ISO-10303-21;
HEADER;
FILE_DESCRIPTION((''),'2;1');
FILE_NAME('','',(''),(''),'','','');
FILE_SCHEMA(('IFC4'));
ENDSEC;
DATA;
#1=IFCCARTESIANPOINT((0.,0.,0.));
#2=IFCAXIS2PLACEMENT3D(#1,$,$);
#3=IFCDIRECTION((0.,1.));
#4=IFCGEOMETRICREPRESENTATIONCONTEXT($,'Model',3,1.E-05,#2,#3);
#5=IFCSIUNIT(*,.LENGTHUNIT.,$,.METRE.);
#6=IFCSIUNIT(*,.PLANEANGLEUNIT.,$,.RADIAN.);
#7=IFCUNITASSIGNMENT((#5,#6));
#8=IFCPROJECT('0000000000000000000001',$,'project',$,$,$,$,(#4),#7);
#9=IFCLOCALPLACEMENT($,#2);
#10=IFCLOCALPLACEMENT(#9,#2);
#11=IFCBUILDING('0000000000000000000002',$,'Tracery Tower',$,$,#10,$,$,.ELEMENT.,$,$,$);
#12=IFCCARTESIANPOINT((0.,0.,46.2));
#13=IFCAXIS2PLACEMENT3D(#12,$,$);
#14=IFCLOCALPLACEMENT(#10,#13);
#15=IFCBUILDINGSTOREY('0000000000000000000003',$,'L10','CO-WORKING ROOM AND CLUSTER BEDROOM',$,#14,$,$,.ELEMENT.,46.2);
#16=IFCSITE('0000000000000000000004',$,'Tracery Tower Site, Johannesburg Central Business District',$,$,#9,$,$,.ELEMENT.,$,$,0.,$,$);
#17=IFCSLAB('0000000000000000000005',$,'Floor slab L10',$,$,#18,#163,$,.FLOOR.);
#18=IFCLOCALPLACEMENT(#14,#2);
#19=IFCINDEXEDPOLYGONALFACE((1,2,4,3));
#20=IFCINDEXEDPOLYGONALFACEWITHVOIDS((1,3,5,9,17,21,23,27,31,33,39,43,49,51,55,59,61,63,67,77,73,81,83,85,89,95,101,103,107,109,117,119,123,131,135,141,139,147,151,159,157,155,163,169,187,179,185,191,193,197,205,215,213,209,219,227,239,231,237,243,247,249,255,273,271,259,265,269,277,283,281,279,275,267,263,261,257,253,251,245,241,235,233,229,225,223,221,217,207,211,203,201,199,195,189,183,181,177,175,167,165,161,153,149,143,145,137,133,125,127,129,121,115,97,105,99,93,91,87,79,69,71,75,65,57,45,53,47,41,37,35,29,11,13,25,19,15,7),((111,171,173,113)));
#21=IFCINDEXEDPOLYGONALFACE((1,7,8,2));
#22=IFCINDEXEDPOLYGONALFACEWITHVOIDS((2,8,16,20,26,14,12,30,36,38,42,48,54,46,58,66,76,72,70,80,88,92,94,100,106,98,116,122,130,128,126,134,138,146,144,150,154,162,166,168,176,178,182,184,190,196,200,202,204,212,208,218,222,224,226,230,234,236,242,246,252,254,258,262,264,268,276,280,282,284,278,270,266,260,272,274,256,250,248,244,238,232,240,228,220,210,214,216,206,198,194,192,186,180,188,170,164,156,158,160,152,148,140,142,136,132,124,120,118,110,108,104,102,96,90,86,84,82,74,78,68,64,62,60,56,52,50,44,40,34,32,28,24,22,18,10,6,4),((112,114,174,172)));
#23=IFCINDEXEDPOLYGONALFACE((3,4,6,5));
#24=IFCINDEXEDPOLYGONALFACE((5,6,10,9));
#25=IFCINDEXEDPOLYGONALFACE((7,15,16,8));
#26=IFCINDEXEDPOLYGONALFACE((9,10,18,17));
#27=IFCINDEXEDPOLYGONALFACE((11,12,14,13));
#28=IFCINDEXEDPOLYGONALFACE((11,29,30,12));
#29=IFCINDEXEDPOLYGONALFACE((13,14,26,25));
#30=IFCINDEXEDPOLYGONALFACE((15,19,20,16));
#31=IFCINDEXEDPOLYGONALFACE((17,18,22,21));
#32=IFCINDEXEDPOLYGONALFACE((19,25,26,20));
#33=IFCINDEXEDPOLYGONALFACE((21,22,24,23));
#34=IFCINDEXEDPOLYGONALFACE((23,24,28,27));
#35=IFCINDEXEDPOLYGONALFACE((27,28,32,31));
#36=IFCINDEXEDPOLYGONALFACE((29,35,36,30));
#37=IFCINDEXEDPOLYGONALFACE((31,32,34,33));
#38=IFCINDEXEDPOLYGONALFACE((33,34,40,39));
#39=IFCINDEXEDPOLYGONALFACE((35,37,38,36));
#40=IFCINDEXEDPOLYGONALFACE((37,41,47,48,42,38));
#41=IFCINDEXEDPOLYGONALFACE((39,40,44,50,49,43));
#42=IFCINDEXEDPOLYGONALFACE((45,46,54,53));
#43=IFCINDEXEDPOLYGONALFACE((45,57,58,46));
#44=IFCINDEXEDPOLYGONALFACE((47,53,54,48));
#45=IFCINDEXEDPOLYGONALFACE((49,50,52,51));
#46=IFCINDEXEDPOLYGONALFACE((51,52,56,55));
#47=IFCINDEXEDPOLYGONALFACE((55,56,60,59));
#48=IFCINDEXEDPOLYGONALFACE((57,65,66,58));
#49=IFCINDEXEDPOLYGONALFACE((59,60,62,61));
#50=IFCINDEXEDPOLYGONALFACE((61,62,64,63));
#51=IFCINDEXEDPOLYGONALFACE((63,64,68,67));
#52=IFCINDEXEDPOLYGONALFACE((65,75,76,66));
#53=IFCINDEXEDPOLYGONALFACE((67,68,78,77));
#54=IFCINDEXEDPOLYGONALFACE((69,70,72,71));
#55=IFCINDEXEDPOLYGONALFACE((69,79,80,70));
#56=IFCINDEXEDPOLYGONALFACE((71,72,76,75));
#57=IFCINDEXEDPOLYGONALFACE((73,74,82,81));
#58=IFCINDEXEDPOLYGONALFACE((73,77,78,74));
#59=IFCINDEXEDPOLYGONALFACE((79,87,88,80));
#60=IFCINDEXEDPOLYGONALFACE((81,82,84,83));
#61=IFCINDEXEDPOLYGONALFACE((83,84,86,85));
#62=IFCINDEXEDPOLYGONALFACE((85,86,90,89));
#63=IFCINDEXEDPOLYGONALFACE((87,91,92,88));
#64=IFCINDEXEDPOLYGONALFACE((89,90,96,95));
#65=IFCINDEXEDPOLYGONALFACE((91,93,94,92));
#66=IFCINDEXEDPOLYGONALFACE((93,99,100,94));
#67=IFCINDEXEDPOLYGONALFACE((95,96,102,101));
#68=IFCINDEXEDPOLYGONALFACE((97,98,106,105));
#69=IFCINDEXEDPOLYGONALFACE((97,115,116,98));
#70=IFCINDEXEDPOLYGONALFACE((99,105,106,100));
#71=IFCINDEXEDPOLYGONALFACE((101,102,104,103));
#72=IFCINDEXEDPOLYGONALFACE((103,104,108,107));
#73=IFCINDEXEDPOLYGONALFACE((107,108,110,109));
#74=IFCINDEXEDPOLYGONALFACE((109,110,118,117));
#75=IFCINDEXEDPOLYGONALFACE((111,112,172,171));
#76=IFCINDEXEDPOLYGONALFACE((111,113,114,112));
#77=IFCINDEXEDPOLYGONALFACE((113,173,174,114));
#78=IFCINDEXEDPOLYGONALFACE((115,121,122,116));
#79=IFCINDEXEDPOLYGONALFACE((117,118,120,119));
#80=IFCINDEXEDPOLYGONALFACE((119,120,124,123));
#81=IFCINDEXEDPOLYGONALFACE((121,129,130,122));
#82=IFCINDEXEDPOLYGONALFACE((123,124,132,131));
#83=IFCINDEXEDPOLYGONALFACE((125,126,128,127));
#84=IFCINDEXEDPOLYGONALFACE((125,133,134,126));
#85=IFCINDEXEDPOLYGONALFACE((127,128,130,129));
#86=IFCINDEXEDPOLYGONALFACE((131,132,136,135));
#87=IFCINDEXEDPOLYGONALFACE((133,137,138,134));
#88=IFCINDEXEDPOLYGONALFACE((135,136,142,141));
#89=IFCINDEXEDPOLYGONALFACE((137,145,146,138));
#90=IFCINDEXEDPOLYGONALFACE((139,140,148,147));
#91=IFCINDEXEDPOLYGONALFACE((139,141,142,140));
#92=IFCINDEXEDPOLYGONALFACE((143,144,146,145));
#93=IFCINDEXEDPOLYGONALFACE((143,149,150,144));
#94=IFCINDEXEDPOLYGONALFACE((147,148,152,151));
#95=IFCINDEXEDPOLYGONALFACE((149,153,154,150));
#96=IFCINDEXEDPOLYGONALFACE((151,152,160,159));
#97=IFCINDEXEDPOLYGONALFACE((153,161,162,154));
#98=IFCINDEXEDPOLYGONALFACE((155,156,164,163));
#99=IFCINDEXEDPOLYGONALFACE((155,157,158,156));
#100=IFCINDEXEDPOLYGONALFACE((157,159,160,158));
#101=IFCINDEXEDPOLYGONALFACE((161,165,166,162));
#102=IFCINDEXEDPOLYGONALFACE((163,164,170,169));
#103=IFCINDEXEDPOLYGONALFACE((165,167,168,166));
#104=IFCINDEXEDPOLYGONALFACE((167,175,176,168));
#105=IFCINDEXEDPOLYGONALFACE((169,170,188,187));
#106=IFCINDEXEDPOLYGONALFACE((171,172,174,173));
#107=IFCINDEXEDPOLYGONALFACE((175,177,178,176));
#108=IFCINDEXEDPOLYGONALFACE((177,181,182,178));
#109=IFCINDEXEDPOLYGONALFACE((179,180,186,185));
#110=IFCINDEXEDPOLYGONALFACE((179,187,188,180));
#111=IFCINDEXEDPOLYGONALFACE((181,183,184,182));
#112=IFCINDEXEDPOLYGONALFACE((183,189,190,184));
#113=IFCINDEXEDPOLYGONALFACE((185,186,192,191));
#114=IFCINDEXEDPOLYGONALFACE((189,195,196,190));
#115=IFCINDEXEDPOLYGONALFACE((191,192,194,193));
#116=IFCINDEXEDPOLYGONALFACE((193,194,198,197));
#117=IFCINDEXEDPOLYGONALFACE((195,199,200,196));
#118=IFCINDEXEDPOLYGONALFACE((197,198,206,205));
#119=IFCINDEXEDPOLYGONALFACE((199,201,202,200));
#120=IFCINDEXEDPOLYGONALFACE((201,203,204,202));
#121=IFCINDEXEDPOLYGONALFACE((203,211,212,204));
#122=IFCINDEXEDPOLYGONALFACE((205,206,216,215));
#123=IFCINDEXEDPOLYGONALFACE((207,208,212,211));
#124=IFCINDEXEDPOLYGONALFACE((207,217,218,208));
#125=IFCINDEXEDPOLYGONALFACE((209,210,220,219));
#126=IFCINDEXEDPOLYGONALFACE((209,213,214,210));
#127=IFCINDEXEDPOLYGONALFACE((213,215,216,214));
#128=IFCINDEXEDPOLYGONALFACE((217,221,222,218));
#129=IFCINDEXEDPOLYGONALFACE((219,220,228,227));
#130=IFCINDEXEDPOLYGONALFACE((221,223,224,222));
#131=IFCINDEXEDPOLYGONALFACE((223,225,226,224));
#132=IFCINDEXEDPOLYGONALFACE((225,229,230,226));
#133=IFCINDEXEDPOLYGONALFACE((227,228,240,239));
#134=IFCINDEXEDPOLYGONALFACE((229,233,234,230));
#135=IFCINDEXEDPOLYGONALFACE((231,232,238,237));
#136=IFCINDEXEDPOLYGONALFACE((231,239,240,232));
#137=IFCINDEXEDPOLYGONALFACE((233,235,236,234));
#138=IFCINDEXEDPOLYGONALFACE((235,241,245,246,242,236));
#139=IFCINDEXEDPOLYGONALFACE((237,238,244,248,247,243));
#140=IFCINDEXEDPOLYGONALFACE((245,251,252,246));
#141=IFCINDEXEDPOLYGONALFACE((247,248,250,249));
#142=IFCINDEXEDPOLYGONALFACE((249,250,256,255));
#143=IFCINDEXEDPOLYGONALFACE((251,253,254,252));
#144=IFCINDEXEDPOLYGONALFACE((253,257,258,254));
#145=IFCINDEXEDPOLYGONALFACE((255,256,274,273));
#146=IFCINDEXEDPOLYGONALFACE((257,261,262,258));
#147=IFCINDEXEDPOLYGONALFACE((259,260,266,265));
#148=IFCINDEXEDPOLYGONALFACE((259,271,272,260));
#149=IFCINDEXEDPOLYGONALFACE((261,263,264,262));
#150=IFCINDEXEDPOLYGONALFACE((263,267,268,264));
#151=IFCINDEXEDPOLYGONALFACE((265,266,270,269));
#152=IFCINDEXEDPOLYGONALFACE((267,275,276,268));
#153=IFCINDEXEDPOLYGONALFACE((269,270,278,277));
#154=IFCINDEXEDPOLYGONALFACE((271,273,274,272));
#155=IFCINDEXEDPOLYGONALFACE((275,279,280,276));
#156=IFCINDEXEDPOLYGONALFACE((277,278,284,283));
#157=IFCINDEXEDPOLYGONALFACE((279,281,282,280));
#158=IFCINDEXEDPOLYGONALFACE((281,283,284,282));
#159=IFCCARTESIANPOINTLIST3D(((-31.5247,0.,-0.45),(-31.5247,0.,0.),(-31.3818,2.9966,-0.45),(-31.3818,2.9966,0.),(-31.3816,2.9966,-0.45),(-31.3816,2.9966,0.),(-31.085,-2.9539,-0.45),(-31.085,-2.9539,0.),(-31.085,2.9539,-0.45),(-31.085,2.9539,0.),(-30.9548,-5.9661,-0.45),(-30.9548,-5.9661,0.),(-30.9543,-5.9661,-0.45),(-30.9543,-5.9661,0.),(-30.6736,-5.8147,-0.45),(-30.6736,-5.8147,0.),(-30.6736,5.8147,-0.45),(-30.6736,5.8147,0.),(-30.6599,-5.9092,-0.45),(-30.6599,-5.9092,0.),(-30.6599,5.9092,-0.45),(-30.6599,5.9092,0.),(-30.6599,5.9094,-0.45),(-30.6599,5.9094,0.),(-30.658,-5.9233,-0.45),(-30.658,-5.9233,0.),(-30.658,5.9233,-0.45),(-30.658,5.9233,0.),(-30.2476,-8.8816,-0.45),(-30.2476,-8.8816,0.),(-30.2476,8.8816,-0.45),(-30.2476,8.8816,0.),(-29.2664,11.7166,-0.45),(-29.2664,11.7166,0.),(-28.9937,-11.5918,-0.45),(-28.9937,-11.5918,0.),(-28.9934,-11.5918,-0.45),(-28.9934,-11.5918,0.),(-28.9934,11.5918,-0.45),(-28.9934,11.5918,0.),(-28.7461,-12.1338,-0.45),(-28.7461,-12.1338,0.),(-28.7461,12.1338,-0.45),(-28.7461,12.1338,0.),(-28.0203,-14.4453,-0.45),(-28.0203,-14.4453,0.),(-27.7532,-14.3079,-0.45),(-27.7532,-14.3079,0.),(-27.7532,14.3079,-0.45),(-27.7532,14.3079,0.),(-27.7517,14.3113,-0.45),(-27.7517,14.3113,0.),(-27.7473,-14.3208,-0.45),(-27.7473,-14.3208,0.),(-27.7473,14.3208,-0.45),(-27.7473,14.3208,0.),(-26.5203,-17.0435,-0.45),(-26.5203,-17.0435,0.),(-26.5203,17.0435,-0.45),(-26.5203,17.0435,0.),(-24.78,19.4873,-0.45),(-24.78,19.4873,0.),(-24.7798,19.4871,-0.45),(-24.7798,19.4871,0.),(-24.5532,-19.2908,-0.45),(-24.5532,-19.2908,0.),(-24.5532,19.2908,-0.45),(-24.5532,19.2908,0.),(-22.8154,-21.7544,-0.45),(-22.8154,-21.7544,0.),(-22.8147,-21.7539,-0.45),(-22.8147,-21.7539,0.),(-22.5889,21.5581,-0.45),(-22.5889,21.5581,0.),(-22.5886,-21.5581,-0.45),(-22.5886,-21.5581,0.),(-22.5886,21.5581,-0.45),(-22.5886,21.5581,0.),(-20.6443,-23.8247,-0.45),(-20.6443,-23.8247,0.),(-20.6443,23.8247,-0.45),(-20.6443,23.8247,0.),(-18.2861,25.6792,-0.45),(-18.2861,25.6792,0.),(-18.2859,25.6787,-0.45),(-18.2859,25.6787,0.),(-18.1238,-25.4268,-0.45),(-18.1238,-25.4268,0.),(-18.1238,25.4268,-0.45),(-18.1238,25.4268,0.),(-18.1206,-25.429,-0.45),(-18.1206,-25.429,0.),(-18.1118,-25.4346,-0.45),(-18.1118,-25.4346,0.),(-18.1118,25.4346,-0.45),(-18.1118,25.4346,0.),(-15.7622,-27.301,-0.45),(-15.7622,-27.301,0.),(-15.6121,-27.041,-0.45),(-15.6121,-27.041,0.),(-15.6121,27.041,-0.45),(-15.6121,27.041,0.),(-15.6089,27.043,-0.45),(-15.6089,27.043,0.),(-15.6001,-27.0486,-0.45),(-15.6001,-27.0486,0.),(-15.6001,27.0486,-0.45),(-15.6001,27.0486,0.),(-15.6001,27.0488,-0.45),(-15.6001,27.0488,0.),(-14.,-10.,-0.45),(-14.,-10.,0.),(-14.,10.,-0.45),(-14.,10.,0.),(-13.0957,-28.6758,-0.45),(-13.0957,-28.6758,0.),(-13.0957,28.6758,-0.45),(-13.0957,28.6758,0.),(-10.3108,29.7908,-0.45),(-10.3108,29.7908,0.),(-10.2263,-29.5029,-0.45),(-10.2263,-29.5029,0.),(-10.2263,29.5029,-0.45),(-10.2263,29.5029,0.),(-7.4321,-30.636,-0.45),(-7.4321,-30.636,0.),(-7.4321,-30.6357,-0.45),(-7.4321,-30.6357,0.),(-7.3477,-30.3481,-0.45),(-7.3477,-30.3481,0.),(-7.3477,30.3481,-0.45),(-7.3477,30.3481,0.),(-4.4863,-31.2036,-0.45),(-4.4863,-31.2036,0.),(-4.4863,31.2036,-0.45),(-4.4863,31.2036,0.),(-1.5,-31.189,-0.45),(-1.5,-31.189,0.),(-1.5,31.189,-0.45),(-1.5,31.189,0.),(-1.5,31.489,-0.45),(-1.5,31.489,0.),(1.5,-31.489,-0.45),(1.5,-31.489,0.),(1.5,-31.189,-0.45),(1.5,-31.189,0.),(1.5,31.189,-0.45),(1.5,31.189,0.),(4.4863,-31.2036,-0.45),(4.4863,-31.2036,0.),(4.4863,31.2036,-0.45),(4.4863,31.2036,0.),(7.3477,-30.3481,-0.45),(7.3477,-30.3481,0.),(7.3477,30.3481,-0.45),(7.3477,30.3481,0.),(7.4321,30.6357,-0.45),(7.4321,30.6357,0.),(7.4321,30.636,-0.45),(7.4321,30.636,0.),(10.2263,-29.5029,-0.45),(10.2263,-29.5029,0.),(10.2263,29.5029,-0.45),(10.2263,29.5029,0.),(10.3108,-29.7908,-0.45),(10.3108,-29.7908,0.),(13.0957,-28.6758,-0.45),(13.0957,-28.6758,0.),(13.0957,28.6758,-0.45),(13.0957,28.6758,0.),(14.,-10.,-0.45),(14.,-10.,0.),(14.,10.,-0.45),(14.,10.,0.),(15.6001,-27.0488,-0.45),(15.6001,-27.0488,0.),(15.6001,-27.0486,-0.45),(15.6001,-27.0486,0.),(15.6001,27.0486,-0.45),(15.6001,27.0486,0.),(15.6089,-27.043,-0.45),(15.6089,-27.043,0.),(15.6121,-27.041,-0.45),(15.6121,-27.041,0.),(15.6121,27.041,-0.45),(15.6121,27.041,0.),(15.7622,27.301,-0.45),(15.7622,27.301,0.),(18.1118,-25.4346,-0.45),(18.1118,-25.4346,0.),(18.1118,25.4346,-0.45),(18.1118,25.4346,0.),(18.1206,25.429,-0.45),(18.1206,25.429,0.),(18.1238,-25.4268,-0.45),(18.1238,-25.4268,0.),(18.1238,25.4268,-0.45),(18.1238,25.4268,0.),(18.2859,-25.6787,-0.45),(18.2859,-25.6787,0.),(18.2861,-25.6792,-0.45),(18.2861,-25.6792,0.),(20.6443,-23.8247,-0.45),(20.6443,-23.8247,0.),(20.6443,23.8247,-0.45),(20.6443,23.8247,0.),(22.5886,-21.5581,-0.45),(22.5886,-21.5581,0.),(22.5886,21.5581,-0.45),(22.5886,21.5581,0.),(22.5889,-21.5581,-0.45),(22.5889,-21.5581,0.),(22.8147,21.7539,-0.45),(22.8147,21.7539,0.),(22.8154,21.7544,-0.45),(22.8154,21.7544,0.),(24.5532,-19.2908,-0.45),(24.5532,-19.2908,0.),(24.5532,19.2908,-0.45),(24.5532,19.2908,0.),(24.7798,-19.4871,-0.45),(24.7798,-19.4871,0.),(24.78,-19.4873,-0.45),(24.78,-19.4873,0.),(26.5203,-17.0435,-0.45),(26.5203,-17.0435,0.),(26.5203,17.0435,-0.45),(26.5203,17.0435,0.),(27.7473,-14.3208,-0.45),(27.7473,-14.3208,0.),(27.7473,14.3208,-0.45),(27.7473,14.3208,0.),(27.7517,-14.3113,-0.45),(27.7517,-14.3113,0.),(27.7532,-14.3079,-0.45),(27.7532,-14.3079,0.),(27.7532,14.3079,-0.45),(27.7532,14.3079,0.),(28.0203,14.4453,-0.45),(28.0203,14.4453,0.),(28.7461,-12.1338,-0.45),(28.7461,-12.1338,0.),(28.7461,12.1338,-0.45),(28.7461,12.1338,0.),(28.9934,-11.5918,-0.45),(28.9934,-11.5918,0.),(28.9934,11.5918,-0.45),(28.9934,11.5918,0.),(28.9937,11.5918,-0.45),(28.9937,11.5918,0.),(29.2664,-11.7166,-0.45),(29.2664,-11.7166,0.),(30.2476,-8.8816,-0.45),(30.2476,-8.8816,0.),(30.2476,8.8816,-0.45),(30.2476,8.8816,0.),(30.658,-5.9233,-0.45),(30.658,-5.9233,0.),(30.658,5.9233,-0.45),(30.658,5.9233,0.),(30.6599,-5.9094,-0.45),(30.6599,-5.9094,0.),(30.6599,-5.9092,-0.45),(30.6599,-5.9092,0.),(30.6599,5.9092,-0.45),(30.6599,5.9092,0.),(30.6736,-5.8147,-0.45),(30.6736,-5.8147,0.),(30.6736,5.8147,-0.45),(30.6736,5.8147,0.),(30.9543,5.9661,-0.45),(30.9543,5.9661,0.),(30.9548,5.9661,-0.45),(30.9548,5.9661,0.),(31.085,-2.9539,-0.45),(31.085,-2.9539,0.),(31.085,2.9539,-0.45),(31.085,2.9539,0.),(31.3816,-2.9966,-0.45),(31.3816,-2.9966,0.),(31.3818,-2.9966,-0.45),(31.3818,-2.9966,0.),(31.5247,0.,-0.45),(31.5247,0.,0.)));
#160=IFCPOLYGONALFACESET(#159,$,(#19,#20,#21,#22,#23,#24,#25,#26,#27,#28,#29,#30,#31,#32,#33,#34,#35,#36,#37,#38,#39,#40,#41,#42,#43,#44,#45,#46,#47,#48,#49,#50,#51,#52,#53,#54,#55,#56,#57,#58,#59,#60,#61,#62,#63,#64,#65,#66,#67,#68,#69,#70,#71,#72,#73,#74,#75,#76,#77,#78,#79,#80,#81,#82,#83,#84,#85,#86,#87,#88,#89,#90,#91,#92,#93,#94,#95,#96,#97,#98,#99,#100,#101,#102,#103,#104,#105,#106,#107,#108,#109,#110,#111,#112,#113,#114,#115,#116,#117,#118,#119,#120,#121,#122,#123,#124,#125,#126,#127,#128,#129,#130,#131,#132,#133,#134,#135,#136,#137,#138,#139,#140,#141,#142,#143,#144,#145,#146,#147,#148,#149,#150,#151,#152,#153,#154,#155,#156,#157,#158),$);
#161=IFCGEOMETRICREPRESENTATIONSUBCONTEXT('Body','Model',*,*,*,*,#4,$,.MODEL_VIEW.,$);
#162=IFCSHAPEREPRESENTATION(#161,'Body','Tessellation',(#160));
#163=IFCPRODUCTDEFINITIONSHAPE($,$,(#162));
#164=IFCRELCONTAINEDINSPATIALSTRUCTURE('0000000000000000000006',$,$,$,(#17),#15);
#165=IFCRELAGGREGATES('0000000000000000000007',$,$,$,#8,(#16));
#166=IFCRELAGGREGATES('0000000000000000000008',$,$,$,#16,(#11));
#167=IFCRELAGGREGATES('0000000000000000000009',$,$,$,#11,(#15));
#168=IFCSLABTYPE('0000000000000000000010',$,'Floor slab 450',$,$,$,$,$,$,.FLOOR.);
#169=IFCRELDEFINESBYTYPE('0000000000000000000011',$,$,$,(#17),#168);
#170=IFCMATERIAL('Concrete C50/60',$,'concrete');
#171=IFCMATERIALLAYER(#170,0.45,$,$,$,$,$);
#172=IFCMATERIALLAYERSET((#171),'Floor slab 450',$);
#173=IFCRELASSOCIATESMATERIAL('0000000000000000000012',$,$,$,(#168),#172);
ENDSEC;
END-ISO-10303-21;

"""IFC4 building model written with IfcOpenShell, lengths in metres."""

from ifc_helpers import new_model, si_unit, direction, frame, origin, place, context, subcontext, project, spatial, polyline, outline, extrude, material, layer, layer_set, type_object, element, save


model = new_model("IFC4")

# Units and contexts
model_context = context("Model", 3, precision=1e-05, world=origin(), true_north=direction((0.0, 1.0)))
body_context = subcontext(model_context, "Body", "Model", "MODEL_VIEW")
ifc_project = project(units=[si_unit("LENGTHUNIT", "METRE"), si_unit("PLANEANGLEUNIT", "RADIAN")], contexts=[model_context])

# Site, building, storey
site_placement = place(None, origin())
site = spatial("IfcSite", under=ifc_project, at=site_placement, Name="Tracery Tower Site, Johannesburg Central Business District", CompositionType="ELEMENT", RefElevation=0.0)
building_placement = place(site_placement, origin())
building = spatial("IfcBuilding", under=site, at=building_placement, Name="Tracery Tower", CompositionType="ELEMENT")
storey_placement = place(building_placement, frame((0.0, 0.0, 46.2)))
storey = spatial("IfcBuildingStorey", under=building, at=storey_placement, Name="L10", Description="CO-WORKING ROOM AND CLUSTER BEDROOM", CompositionType="ELEMENT", Elevation=46.2)

# Slab
ifc_material_1 = material(Name="Concrete C50/60", Category="concrete")
ifc_layer_1 = layer(ifc_material_1, 0.45)
ifc_layer_set_1 = layer_set([ifc_layer_1], Name="Floor slab 450")
slab_type_1 = type_object("IfcSlabType", Name="Floor slab 450", PredefinedType="FLOOR", material=ifc_layer_set_1)
slab_1_placement = place(storey_placement, frame((0.0, 0.0, -0.45)))
element("IfcSlab", 1, at=slab_1_placement, inside=storey, type_object=slab_type_1, Name="Floor slab L10", PredefinedType="FLOOR", context=body_context, shape_type="SweptSolid", body=[
    extrude(outline(polyline([(31.085, 2.9539), (31.085, 2.9539), (30.6736, 5.8147), (30.6599, 5.9092), (30.6599, 5.9092), (30.658, 5.9233), (30.9543, 5.9661), (30.9548, 5.9661), (30.2476, 8.8816), (28.9937, 11.5918), (28.9934, 11.5918), (28.7461, 12.1338), (27.7532, 14.3079), (27.7532, 14.3079), (27.7473, 14.3208), (28.0203, 14.4453), (26.5203, 17.0435), (24.5532, 19.2908), (24.5532, 19.2908), (22.5886, 21.5581), (22.8147, 21.7539), (22.8154, 21.7544), (20.6443, 23.8247), (18.1238, 25.4268), (18.1238, 25.4268), (18.1206, 25.429), (18.1118, 25.4346), (15.6121, 27.041), (15.6121, 27.041), (15.6001, 27.0486), (15.7622, 27.301), (13.0957, 28.6758), (10.2263, 29.5029), (10.2263, 29.5029), (7.3477, 30.3481), (7.4321, 30.6357), (7.4321, 30.636), (4.4863, 31.2036), (1.5, 31.189), (1.5, 31.189), (-1.5, 31.189), (-1.5, 31.489), (-4.4863, 31.2036), (-7.3477, 30.3481), (-7.3477, 30.3481), (-10.2263, 29.5029), (-10.3108, 29.7908), (-10.3108, 29.7908), (-13.0957, 28.6758), (-15.6001, 27.0488), (-15.6001, 27.0486), (-15.6089, 27.043), (-15.6121, 27.041), (-18.1118, 25.4346), (-18.1118, 25.4346), (-18.1238, 25.4268), (-18.2859, 25.6787), (-18.2861, 25.6792), (-20.6443, 23.8247), (-22.5889, 21.5581), (-22.5886, 21.5581), (-24.5532, 19.2908), (-24.7798, 19.4871), (-24.78, 19.4873), (-26.5203, 17.0435), (-27.7473, 14.3208), (-27.7473, 14.3208), (-27.7517, 14.3113), (-27.7532, 14.3079), (-28.7461, 12.1338), (-28.9934, 11.5918), (-29.2664, 11.7166), (-30.2476, 8.8816), (-30.658, 5.9233), (-30.658, 5.9233), (-30.6599, 5.9094), (-30.6599, 5.9092), (-30.6736, 5.8147), (-31.085, 2.9539), (-31.3816, 2.9966), (-31.3818, 2.9966), (-31.5247, 0.0), (-31.085, -2.9539), (-31.085, -2.9539), (-30.6736, -5.8147), (-30.6599, -5.9092), (-30.6599, -5.9092), (-30.658, -5.9233), (-30.9543, -5.9661), (-30.9548, -5.9661), (-30.2476, -8.8816), (-28.9937, -11.5918), (-28.9934, -11.5918), (-28.7461, -12.1338), (-27.7532, -14.3079), (-27.7532, -14.3079), (-27.7473, -14.3208), (-28.0203, -14.4453), (-26.5203, -17.0435), (-24.5532, -19.2908), (-24.5532, -19.2908), (-22.5886, -21.5581), (-22.8147, -21.7539), (-22.8154, -21.7544), (-20.6443, -23.8247), (-18.1238, -25.4268), (-18.1238, -25.4268), (-18.1206, -25.429), (-18.1118, -25.4346), (-15.6121, -27.041), (-15.6121, -27.041), (-15.6001, -27.0486), (-15.7622, -27.301), (-13.0957, -28.6758), (-10.2263, -29.5029), (-10.2263, -29.5029), (-7.3477, -30.3481), (-7.4321, -30.6357), (-7.4321, -30.636), (-4.4863, -31.2036), (-1.5, -31.189), (-1.5, -31.189), (1.5, -31.189), (1.5, -31.489), (4.4863, -31.2036), (7.3477, -30.3481), (7.3477, -30.3481), (10.2263, -29.5029), (10.3108, -29.7908), (10.3108, -29.7908), (13.0957, -28.6758), (15.6001, -27.0488), (15.6001, -27.0486), (15.6089, -27.043), (15.6121, -27.041), (18.1118, -25.4346), (18.1118, -25.4346), (18.1238, -25.4268), (18.2859, -25.6787), (18.2861, -25.6792), (20.6443, -23.8247), (22.5889, -21.5581), (22.5886, -21.5581), (24.5532, -19.2908), (24.7798, -19.4871), (24.78, -19.4873), (26.5203, -17.0435), (27.7473, -14.3208), (27.7473, -14.3208), (27.7517, -14.3113), (27.7532, -14.3079), (28.7461, -12.1338), (28.9934, -11.5918), (29.2664, -11.7166), (30.2476, -8.8816), (30.658, -5.9233), (30.658, -5.9233), (30.6599, -5.9094), (30.6599, -5.9092), (30.6736, -5.8147), (31.085, -2.9539), (31.3816, -2.9966), (31.3818, -2.9966), (31.5247, 0.0), (31.085, 2.9539)]), holes=[polyline([(-14.0, -10.0), (14.0, -10.0), (14.0, 10.0), (-14.0, 10.0), (-14.0, -10.0)])]), origin(), (0.0, 0.0, 1.0), 0.45),
])

save(model, "model.ifc")
